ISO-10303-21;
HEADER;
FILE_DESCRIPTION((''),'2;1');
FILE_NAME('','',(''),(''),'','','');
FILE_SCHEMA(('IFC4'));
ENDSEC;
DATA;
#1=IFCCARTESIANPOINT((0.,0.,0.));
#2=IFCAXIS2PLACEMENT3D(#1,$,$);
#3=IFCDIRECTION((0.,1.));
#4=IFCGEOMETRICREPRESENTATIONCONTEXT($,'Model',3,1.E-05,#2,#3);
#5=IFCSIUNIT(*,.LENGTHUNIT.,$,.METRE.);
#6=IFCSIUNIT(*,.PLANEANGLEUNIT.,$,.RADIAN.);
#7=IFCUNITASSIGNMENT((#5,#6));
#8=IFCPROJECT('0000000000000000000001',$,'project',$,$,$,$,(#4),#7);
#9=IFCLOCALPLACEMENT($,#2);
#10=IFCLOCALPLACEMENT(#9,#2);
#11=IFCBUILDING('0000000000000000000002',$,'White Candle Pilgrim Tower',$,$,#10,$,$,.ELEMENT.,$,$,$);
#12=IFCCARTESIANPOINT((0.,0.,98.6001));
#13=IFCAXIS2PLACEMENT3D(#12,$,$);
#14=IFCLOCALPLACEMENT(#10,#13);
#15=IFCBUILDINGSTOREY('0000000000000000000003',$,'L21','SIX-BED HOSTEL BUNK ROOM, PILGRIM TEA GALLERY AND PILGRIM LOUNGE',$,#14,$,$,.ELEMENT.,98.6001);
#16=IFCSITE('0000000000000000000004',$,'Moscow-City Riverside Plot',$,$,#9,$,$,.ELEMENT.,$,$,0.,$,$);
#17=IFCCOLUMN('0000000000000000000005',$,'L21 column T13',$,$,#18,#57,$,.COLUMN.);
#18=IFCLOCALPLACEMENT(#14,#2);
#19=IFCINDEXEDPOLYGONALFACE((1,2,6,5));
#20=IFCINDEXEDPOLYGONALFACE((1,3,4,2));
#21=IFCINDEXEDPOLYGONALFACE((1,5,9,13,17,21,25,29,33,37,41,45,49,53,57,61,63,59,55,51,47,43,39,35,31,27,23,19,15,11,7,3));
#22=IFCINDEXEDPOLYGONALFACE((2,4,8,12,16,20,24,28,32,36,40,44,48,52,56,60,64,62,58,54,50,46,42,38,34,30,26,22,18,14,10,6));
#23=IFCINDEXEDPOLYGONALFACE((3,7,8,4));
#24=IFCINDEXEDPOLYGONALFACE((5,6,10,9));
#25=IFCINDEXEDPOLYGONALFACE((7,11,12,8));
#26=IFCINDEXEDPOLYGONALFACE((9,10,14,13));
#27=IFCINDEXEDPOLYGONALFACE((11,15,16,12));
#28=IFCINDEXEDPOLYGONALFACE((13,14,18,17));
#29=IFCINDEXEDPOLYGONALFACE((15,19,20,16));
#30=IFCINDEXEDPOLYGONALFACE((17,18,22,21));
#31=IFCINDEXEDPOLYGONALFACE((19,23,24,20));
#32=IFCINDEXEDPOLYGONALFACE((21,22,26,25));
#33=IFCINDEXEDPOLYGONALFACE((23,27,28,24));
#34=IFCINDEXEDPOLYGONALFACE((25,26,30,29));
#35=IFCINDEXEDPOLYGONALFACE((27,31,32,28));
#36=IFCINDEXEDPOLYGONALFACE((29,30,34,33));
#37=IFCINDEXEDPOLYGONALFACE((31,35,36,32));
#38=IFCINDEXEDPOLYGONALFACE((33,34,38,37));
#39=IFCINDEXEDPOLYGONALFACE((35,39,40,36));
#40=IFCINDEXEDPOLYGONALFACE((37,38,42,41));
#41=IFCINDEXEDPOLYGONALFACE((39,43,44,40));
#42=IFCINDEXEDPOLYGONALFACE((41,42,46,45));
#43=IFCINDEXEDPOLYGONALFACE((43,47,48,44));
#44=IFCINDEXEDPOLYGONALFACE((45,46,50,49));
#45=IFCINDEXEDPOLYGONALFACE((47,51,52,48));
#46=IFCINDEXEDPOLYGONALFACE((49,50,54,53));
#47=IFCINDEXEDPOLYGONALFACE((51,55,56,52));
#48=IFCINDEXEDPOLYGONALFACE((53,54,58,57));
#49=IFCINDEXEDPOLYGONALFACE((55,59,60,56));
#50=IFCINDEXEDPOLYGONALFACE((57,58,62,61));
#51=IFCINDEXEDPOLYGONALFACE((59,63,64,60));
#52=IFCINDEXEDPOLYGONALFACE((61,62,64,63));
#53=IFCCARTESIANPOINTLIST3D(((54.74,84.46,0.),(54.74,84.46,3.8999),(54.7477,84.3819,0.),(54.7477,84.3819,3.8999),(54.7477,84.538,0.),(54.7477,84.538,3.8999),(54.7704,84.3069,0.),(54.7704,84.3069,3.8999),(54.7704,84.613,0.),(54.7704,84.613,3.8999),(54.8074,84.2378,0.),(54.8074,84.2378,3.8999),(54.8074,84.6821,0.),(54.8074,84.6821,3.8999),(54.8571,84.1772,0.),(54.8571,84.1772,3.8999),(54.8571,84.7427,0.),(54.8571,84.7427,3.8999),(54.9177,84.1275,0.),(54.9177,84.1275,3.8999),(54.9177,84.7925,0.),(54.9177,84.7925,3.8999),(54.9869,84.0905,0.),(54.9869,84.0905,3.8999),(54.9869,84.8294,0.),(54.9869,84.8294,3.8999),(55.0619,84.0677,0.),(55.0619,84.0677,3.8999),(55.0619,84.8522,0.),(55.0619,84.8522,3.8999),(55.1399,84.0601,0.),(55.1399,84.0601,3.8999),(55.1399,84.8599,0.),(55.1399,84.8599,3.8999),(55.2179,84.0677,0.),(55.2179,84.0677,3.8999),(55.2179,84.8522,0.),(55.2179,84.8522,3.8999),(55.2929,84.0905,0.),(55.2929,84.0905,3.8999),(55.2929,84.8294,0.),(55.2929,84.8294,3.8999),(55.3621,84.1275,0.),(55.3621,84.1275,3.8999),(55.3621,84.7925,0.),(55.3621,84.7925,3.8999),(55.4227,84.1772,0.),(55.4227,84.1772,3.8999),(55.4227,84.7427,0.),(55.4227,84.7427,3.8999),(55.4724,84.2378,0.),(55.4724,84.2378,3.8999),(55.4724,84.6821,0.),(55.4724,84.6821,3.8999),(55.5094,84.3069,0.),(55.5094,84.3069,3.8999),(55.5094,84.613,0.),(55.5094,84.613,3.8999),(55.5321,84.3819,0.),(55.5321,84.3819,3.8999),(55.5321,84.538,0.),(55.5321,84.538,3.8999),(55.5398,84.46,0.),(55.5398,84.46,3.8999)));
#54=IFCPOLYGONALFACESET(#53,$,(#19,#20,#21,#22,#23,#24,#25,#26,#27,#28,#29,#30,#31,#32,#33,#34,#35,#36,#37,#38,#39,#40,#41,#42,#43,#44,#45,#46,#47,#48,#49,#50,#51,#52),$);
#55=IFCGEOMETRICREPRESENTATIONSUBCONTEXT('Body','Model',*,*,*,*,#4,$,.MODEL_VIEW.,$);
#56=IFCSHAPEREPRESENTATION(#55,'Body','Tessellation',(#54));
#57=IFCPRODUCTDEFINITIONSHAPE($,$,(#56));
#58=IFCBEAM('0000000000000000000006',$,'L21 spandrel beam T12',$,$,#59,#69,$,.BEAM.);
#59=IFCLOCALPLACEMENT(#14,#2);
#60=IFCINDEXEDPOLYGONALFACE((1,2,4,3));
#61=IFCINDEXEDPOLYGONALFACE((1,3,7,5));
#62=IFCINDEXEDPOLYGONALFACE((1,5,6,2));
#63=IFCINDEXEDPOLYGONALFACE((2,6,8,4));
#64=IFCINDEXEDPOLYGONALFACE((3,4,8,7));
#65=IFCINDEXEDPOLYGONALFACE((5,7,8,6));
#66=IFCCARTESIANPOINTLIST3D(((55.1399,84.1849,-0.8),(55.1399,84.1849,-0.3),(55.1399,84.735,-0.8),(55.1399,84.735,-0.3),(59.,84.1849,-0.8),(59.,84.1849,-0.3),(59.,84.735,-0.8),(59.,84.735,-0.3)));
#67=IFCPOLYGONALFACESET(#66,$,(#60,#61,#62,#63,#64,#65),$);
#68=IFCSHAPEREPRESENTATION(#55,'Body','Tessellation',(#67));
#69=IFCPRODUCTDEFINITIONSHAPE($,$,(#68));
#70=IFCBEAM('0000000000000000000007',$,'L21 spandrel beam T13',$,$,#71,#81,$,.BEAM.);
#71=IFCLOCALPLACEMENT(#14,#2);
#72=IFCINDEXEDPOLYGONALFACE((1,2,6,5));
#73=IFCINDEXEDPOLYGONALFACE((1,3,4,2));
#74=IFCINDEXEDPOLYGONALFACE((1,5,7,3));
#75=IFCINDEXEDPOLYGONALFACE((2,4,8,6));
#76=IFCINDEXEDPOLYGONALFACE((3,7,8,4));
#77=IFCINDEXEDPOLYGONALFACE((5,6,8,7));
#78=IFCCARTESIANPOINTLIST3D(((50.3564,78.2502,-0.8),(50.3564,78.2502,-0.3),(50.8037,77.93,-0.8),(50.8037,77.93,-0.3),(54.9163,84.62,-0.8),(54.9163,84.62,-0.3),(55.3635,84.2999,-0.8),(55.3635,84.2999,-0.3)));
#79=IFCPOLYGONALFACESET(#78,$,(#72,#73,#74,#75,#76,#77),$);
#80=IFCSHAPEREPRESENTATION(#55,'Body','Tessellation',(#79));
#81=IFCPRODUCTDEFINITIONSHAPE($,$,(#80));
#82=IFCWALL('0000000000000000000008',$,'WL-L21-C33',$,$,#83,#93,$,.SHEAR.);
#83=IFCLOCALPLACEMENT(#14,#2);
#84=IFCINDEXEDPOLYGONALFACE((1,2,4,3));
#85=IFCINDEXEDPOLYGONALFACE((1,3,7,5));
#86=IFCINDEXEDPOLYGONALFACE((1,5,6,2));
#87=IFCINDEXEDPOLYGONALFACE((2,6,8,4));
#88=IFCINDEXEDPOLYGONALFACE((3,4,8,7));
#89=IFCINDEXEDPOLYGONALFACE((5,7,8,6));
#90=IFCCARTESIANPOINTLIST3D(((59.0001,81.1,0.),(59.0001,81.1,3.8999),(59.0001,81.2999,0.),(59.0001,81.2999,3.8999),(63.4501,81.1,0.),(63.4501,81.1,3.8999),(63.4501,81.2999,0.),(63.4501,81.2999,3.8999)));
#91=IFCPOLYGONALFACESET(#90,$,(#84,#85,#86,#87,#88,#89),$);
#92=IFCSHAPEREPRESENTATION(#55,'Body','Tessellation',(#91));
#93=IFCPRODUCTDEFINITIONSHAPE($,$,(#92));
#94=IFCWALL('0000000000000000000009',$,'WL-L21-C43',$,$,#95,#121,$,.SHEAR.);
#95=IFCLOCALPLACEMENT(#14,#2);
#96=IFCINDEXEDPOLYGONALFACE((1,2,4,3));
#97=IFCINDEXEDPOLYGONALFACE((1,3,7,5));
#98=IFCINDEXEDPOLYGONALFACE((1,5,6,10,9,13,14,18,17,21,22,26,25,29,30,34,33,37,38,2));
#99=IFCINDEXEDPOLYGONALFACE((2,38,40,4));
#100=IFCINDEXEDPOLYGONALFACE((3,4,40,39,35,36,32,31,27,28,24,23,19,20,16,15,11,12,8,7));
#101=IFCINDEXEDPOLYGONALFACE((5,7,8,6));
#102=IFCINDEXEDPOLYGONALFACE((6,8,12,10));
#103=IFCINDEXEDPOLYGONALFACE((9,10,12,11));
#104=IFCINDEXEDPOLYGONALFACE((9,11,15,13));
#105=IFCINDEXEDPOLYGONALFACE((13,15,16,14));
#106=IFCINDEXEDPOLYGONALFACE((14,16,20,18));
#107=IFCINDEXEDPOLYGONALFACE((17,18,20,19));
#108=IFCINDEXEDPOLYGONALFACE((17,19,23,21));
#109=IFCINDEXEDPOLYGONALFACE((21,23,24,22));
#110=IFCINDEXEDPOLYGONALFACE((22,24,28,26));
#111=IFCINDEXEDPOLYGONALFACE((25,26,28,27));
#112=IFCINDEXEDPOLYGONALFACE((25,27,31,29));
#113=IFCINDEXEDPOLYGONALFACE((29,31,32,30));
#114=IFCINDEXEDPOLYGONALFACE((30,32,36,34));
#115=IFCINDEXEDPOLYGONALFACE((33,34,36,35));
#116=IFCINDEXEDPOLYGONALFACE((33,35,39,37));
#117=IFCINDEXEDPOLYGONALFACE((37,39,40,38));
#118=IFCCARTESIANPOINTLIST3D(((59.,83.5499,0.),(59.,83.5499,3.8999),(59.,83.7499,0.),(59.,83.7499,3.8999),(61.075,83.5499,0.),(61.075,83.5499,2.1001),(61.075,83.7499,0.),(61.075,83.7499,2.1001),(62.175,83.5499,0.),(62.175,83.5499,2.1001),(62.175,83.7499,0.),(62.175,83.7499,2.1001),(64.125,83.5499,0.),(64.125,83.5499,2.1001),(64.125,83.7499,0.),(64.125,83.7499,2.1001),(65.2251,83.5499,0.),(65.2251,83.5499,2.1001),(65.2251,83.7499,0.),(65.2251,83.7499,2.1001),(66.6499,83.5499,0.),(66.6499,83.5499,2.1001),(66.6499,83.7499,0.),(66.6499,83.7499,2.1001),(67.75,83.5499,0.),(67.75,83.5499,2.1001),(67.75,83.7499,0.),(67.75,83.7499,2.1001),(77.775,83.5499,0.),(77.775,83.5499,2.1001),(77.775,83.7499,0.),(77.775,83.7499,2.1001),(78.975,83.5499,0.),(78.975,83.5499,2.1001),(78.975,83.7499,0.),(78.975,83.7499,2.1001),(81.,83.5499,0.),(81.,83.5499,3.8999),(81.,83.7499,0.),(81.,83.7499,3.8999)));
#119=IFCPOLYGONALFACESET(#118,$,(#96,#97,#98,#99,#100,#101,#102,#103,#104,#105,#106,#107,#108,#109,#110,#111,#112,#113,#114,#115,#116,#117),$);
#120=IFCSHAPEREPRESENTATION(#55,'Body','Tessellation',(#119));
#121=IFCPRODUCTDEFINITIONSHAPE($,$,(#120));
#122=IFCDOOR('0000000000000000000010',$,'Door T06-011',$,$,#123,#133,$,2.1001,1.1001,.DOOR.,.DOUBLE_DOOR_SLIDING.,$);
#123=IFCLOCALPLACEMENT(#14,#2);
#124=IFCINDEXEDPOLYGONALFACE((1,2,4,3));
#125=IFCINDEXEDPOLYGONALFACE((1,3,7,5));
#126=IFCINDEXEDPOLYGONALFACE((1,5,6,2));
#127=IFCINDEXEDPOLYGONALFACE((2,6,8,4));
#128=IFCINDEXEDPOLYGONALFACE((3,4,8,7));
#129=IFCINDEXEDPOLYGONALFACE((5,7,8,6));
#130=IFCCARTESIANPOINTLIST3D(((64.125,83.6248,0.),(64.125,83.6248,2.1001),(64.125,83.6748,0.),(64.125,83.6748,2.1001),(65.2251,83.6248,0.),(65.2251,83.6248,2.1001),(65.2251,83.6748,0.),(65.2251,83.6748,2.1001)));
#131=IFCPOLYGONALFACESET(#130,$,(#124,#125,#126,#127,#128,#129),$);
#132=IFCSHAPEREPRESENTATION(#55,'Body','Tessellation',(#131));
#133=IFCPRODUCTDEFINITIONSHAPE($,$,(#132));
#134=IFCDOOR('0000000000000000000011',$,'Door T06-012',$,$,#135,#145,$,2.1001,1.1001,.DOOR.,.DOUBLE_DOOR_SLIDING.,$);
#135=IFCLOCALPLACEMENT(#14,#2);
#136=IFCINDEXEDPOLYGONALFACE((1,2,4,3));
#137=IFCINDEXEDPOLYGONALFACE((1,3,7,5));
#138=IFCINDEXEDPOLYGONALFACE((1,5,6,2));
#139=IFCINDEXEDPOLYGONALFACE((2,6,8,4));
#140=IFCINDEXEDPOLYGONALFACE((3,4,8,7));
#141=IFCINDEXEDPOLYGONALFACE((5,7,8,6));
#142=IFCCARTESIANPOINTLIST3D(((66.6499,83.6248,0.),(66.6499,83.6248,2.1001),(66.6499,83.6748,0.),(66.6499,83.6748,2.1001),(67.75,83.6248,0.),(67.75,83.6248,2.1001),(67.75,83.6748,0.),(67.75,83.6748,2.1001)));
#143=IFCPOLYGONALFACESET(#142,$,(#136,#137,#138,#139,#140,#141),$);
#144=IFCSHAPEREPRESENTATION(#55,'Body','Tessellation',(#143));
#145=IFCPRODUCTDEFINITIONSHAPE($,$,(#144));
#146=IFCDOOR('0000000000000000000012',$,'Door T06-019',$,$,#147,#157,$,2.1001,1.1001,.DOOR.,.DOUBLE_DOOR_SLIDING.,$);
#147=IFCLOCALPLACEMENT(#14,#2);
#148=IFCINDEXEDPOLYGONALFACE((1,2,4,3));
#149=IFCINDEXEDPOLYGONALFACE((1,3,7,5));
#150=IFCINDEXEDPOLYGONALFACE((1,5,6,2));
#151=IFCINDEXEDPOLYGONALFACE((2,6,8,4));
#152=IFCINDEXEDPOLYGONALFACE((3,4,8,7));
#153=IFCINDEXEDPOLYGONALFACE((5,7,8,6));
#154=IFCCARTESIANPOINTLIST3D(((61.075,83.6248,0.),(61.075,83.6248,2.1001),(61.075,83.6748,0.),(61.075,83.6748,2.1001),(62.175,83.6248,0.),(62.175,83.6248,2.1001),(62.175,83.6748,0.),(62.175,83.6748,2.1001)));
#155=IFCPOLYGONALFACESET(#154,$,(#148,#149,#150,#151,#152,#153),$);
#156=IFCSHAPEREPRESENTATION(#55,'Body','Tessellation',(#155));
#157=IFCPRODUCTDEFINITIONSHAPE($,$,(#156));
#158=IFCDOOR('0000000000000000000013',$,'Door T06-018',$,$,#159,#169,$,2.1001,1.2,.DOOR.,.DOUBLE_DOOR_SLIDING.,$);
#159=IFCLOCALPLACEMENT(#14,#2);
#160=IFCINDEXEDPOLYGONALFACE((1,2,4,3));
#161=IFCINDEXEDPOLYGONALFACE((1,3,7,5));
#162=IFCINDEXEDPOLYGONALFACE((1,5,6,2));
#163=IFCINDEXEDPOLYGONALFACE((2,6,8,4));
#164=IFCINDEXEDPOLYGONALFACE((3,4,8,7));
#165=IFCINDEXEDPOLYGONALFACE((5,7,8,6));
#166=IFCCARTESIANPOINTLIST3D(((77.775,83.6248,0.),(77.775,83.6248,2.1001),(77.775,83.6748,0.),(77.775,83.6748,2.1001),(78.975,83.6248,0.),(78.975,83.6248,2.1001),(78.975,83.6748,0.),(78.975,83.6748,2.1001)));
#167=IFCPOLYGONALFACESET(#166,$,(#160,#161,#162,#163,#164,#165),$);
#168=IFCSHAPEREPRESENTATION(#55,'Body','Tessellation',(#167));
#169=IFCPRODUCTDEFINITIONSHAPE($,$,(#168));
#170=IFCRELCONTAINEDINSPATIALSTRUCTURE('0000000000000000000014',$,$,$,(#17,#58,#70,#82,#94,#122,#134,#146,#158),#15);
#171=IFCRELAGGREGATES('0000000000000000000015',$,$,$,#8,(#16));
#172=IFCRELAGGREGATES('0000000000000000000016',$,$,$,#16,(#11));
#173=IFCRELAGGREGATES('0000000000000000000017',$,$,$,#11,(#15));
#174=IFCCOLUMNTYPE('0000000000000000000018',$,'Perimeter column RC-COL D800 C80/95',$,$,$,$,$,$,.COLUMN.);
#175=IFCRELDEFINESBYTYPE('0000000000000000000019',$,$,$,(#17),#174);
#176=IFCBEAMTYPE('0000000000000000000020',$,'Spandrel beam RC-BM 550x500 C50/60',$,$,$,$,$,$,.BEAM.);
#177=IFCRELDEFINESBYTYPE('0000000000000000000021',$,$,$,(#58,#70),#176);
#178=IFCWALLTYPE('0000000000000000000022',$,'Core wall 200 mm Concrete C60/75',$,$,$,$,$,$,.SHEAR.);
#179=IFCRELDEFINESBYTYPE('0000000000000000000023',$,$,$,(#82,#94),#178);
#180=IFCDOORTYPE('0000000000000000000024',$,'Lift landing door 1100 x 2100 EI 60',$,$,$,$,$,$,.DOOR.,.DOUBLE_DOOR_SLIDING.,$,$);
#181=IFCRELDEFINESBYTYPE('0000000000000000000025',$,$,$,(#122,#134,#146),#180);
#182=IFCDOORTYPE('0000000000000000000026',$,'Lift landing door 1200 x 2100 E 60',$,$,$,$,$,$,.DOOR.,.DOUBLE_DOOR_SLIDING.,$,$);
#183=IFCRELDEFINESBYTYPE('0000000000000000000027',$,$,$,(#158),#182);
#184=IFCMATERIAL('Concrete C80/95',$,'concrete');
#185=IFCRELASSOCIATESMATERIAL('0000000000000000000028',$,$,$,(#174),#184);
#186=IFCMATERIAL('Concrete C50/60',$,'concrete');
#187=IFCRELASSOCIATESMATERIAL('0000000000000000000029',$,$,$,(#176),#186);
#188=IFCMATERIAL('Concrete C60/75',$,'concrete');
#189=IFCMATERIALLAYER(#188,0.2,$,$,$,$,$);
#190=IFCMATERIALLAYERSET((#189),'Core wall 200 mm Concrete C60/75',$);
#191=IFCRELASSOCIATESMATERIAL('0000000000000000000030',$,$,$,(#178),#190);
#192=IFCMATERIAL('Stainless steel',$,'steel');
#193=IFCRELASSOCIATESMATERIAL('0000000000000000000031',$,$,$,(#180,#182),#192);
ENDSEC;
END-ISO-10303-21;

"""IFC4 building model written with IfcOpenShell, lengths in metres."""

from ifc_helpers import new_model, si_unit, direction, frame, frame_2d, origin, origin_2d, place, context, subcontext, project, spatial, rectangle, circle, extrude, material, layer, layer_set, material_profile, profile_set, type_object, element, fill, save


model = new_model("IFC4")

# Units and contexts
model_context = context("Model", 3, precision=1e-05, world=origin(), true_north=direction((0.0, 1.0)))
body_context = subcontext(model_context, "Body", "Model", "MODEL_VIEW")
ifc_project = project(units=[si_unit("LENGTHUNIT", "METRE"), si_unit("PLANEANGLEUNIT", "RADIAN")], contexts=[model_context])

# Site, building, storey
site_placement = place(None, origin())
site = spatial("IfcSite", under=ifc_project, at=site_placement, Name="Moscow-City Riverside Plot", CompositionType="ELEMENT", RefElevation=0.0)
building_placement = place(site_placement, origin())
building = spatial("IfcBuilding", under=site, at=building_placement, Name="White Candle Pilgrim Tower", CompositionType="ELEMENT")
storey_placement = place(building_placement, frame((0.0, 0.0, 98.6001)))
storey = spatial("IfcBuildingStorey", under=building, at=storey_placement, Name="L21", Description="SIX-BED HOSTEL BUNK ROOM, PILGRIM TEA GALLERY AND PILGRIM LOUNGE", CompositionType="ELEMENT", Elevation=98.6001)

# Column
ifc_material_1 = material(Name="Concrete C80/95", Category="concrete")
ifc_material_profile_1 = material_profile(ifc_material_1, circle(Radius=0.3999, at=origin_2d()), Name="RC-COL D800")
ifc_profile_set_1 = profile_set([ifc_material_profile_1], Name="Concrete C80/95")
column_type = type_object("IfcColumnType", Name="Perimeter column RC-COL D800 C80/95", PredefinedType="COLUMN", material=ifc_profile_set_1)
column_placement = place(storey_placement, frame((55.1399, 84.46, 0.0), z_axis=(0.0, 0.0, 1.0), x_axis=(1.0, 0.0, 0.0)))
element("IfcColumn", 1, at=column_placement, inside=storey, type_object=column_type, Name="L21 column T13", PredefinedType="COLUMN", context=body_context, shape_type="SweptSolid", body=[
    extrude(circle(Radius=0.3999, at=origin_2d()), origin(), (0.0, 0.0, 1.0), 3.8999),
])

# Beams
ifc_material_2 = material(Name="Concrete C50/60", Category="concrete")
ifc_material_profile_2 = material_profile(ifc_material_2, rectangle(XDim=0.55, YDim=0.5, at=origin_2d()), Name="RC-BM 550x500")
ifc_profile_set_2 = profile_set([ifc_material_profile_2], Name="Concrete C50/60")
beam_type = type_object("IfcBeamType", Name="Spandrel beam RC-BM 550x500 C50/60", PredefinedType="BEAM", material=ifc_profile_set_2)
beam_1_placement = place(storey_placement, frame((55.1399, 84.46, -0.55), z_axis=(1.0, 0.0, 0.0), x_axis=(0.0, 1.0, 0.0)))
element("IfcBeam", 2, at=beam_1_placement, inside=storey, type_object=beam_type, Name="L21 spandrel beam T12", PredefinedType="BEAM", context=body_context, shape_type="SweptSolid", body=[
    extrude(rectangle(XDim=0.55, YDim=0.5, at=origin_2d()), origin(), (0.0, 0.0, 1.0), 3.8601),
])
beam_2_placement = place(storey_placement, frame((55.1399, 84.46, -0.55), z_axis=(-0.582075, -0.813135, 0.0), x_axis=(0.813135, -0.582075, 0.0)))
element("IfcBeam", 3, at=beam_2_placement, inside=storey, type_object=beam_type, Name="L21 spandrel beam T13", PredefinedType="BEAM", context=body_context, shape_type="SweptSolid", body=[
    extrude(rectangle(XDim=0.55, YDim=0.5, at=origin_2d()), origin(), (0.0, 0.0, 1.0), 7.8337),
])

# Wall
ifc_material_3 = material(Name="Concrete C60/75", Category="concrete")
ifc_layer_1 = layer(ifc_material_3, 0.2)
ifc_layer_set_1 = layer_set([ifc_layer_1], Name="Core wall 200 mm Concrete C60/75")
wall_type_1 = type_object("IfcWallType", Name="Core wall 200 mm Concrete C60/75", PredefinedType="SHEAR", material=ifc_layer_set_1)
wall_1_placement = place(storey_placement, frame((59.0, 81.2, 0.0), z_axis=(0.0, 0.0, 1.0), x_axis=(1.0, 0.0, 0.0)))
element("IfcWall", 4, at=wall_1_placement, inside=storey, type_object=wall_type_1, Name="WL-L21-C33", PredefinedType="SHEAR", context=body_context, shape_type="SweptSolid", body=[
    extrude(rectangle(XDim=4.45, YDim=0.2, at=frame_2d((2.2251, 0.0))), origin(), (0.0, 0.0, 1.0), 3.8999),
])

# Wall, openings, doors
wall_2_placement = place(storey_placement, frame((59.0, 83.6499, 0.0), z_axis=(0.0, 0.0, 1.0), x_axis=(1.0, 0.0, 0.0)))
wall_2 = element("IfcWall", 5, at=wall_2_placement, inside=storey, type_object=wall_type_1, Name="WL-L21-C43", PredefinedType="SHEAR", context=body_context, shape_type="SweptSolid", body=[
    extrude(rectangle(XDim=22.0, YDim=0.2, at=frame_2d((11.0, 0.0))), origin(), (0.0, 0.0, 1.0), 3.8999),
])
opening_1_placement = place(wall_2_placement, frame((5.125, 0.0, 0.0)))
opening_1 = element("IfcOpeningElement", 6, at=opening_1_placement, cuts=wall_2, PredefinedType="OPENING", context=body_context, shape_type="SweptSolid", body=[
    extrude(rectangle(XDim=1.1001, YDim=2.1001, at=frame_2d((0.55, 1.05))), frame((0.0, 0.1099, 0.0), z_axis=(0.0, -1.0, 0.0), x_axis=(1.0, 0.0, 0.0)), (0.0, 0.0, 1.0), 0.22),
])
opening_2_placement = place(wall_2_placement, frame((7.6499, 0.0, 0.0)))
opening_2 = element("IfcOpeningElement", 7, at=opening_2_placement, cuts=wall_2, PredefinedType="OPENING", context=body_context, shape_type="SweptSolid", body=[
    extrude(rectangle(XDim=1.1001, YDim=2.1001, at=frame_2d((0.55, 1.05))), frame((0.0, 0.1099, 0.0), z_axis=(0.0, -1.0, 0.0), x_axis=(1.0, 0.0, 0.0)), (0.0, 0.0, 1.0), 0.22),
])
opening_3_placement = place(wall_2_placement, frame((18.7749, 0.0, 0.0)))
opening_3 = element("IfcOpeningElement", 8, at=opening_3_placement, cuts=wall_2, PredefinedType="OPENING", context=body_context, shape_type="SweptSolid", body=[
    extrude(rectangle(XDim=1.2, YDim=2.1001, at=frame_2d((0.6001, 1.05))), frame((0.0, 0.1099, 0.0), z_axis=(0.0, -1.0, 0.0), x_axis=(1.0, 0.0, 0.0)), (0.0, 0.0, 1.0), 0.22),
])
opening_4_placement = place(wall_2_placement, frame((2.075, 0.0, 0.0)))
opening_4 = element("IfcOpeningElement", 9, at=opening_4_placement, cuts=wall_2, PredefinedType="OPENING", context=body_context, shape_type="SweptSolid", body=[
    extrude(rectangle(XDim=1.1001, YDim=2.1001, at=frame_2d((0.55, 1.05))), frame((0.0, 0.1099, 0.0), z_axis=(0.0, -1.0, 0.0), x_axis=(1.0, 0.0, 0.0)), (0.0, 0.0, 1.0), 0.22),
])
ifc_material_4 = material(Name="Stainless steel", Category="steel")
door_type_1 = type_object("IfcDoorType", Name="Lift landing door 1100 x 2100 EI 60", OperationType="DOUBLE_DOOR_SLIDING", PredefinedType="DOOR", material=ifc_material_4)
door_1_placement = place(opening_1_placement, origin())
door_1 = element("IfcDoor", 10, at=door_1_placement, inside=storey, type_object=door_type_1, Name="Door T06-011", OperationType="DOUBLE_DOOR_SLIDING", OverallHeight=2.1001, OverallWidth=1.1001, PredefinedType="DOOR", context=body_context, shape_type="SweptSolid", body=[
    extrude(rectangle(XDim=1.1001, YDim=2.1001, at=frame_2d((0.55, 1.05))), frame((0.0, 0.0249, 0.0), z_axis=(0.0, -1.0, 0.0), x_axis=(1.0, 0.0, 0.0)), (0.0, 0.0, 1.0), 0.05),
])
fill(opening_1, door_1)
door_2_placement = place(opening_2_placement, origin())
door_2 = element("IfcDoor", 11, at=door_2_placement, inside=storey, type_object=door_type_1, Name="Door T06-012", OperationType="DOUBLE_DOOR_SLIDING", OverallHeight=2.1001, OverallWidth=1.1001, PredefinedType="DOOR", context=body_context, shape_type="SweptSolid", body=[
    extrude(rectangle(XDim=1.1001, YDim=2.1001, at=frame_2d((0.55, 1.05))), frame((0.0, 0.0249, 0.0), z_axis=(0.0, -1.0, 0.0), x_axis=(1.0, 0.0, 0.0)), (0.0, 0.0, 1.0), 0.05),
])
fill(opening_2, door_2)
door_3_placement = place(opening_4_placement, origin())
door_3 = element("IfcDoor", 12, at=door_3_placement, inside=storey, type_object=door_type_1, Name="Door T06-019", OperationType="DOUBLE_DOOR_SLIDING", OverallHeight=2.1001, OverallWidth=1.1001, PredefinedType="DOOR", context=body_context, shape_type="SweptSolid", body=[
    extrude(rectangle(XDim=1.1001, YDim=2.1001, at=frame_2d((0.55, 1.05))), frame((0.0, 0.0249, 0.0), z_axis=(0.0, -1.0, 0.0), x_axis=(1.0, 0.0, 0.0)), (0.0, 0.0, 1.0), 0.05),
])
fill(opening_4, door_3)
door_type_2 = type_object("IfcDoorType", Name="Lift landing door 1200 x 2100 E 60", OperationType="DOUBLE_DOOR_SLIDING", PredefinedType="DOOR", material=ifc_material_4)
door_4_placement = place(opening_3_placement, origin())
door_4 = element("IfcDoor", 13, at=door_4_placement, inside=storey, type_object=door_type_2, Name="Door T06-018", OperationType="DOUBLE_DOOR_SLIDING", OverallHeight=2.1001, OverallWidth=1.2, PredefinedType="DOOR", context=body_context, shape_type="SweptSolid", body=[
    extrude(rectangle(XDim=1.2, YDim=2.1001, at=frame_2d((0.6001, 1.05))), frame((0.0, 0.0249, 0.0), z_axis=(0.0, -1.0, 0.0), x_axis=(1.0, 0.0, 0.0)), (0.0, 0.0, 1.0), 0.05),
])
fill(opening_3, door_4)

save(model, "model.ifc")
